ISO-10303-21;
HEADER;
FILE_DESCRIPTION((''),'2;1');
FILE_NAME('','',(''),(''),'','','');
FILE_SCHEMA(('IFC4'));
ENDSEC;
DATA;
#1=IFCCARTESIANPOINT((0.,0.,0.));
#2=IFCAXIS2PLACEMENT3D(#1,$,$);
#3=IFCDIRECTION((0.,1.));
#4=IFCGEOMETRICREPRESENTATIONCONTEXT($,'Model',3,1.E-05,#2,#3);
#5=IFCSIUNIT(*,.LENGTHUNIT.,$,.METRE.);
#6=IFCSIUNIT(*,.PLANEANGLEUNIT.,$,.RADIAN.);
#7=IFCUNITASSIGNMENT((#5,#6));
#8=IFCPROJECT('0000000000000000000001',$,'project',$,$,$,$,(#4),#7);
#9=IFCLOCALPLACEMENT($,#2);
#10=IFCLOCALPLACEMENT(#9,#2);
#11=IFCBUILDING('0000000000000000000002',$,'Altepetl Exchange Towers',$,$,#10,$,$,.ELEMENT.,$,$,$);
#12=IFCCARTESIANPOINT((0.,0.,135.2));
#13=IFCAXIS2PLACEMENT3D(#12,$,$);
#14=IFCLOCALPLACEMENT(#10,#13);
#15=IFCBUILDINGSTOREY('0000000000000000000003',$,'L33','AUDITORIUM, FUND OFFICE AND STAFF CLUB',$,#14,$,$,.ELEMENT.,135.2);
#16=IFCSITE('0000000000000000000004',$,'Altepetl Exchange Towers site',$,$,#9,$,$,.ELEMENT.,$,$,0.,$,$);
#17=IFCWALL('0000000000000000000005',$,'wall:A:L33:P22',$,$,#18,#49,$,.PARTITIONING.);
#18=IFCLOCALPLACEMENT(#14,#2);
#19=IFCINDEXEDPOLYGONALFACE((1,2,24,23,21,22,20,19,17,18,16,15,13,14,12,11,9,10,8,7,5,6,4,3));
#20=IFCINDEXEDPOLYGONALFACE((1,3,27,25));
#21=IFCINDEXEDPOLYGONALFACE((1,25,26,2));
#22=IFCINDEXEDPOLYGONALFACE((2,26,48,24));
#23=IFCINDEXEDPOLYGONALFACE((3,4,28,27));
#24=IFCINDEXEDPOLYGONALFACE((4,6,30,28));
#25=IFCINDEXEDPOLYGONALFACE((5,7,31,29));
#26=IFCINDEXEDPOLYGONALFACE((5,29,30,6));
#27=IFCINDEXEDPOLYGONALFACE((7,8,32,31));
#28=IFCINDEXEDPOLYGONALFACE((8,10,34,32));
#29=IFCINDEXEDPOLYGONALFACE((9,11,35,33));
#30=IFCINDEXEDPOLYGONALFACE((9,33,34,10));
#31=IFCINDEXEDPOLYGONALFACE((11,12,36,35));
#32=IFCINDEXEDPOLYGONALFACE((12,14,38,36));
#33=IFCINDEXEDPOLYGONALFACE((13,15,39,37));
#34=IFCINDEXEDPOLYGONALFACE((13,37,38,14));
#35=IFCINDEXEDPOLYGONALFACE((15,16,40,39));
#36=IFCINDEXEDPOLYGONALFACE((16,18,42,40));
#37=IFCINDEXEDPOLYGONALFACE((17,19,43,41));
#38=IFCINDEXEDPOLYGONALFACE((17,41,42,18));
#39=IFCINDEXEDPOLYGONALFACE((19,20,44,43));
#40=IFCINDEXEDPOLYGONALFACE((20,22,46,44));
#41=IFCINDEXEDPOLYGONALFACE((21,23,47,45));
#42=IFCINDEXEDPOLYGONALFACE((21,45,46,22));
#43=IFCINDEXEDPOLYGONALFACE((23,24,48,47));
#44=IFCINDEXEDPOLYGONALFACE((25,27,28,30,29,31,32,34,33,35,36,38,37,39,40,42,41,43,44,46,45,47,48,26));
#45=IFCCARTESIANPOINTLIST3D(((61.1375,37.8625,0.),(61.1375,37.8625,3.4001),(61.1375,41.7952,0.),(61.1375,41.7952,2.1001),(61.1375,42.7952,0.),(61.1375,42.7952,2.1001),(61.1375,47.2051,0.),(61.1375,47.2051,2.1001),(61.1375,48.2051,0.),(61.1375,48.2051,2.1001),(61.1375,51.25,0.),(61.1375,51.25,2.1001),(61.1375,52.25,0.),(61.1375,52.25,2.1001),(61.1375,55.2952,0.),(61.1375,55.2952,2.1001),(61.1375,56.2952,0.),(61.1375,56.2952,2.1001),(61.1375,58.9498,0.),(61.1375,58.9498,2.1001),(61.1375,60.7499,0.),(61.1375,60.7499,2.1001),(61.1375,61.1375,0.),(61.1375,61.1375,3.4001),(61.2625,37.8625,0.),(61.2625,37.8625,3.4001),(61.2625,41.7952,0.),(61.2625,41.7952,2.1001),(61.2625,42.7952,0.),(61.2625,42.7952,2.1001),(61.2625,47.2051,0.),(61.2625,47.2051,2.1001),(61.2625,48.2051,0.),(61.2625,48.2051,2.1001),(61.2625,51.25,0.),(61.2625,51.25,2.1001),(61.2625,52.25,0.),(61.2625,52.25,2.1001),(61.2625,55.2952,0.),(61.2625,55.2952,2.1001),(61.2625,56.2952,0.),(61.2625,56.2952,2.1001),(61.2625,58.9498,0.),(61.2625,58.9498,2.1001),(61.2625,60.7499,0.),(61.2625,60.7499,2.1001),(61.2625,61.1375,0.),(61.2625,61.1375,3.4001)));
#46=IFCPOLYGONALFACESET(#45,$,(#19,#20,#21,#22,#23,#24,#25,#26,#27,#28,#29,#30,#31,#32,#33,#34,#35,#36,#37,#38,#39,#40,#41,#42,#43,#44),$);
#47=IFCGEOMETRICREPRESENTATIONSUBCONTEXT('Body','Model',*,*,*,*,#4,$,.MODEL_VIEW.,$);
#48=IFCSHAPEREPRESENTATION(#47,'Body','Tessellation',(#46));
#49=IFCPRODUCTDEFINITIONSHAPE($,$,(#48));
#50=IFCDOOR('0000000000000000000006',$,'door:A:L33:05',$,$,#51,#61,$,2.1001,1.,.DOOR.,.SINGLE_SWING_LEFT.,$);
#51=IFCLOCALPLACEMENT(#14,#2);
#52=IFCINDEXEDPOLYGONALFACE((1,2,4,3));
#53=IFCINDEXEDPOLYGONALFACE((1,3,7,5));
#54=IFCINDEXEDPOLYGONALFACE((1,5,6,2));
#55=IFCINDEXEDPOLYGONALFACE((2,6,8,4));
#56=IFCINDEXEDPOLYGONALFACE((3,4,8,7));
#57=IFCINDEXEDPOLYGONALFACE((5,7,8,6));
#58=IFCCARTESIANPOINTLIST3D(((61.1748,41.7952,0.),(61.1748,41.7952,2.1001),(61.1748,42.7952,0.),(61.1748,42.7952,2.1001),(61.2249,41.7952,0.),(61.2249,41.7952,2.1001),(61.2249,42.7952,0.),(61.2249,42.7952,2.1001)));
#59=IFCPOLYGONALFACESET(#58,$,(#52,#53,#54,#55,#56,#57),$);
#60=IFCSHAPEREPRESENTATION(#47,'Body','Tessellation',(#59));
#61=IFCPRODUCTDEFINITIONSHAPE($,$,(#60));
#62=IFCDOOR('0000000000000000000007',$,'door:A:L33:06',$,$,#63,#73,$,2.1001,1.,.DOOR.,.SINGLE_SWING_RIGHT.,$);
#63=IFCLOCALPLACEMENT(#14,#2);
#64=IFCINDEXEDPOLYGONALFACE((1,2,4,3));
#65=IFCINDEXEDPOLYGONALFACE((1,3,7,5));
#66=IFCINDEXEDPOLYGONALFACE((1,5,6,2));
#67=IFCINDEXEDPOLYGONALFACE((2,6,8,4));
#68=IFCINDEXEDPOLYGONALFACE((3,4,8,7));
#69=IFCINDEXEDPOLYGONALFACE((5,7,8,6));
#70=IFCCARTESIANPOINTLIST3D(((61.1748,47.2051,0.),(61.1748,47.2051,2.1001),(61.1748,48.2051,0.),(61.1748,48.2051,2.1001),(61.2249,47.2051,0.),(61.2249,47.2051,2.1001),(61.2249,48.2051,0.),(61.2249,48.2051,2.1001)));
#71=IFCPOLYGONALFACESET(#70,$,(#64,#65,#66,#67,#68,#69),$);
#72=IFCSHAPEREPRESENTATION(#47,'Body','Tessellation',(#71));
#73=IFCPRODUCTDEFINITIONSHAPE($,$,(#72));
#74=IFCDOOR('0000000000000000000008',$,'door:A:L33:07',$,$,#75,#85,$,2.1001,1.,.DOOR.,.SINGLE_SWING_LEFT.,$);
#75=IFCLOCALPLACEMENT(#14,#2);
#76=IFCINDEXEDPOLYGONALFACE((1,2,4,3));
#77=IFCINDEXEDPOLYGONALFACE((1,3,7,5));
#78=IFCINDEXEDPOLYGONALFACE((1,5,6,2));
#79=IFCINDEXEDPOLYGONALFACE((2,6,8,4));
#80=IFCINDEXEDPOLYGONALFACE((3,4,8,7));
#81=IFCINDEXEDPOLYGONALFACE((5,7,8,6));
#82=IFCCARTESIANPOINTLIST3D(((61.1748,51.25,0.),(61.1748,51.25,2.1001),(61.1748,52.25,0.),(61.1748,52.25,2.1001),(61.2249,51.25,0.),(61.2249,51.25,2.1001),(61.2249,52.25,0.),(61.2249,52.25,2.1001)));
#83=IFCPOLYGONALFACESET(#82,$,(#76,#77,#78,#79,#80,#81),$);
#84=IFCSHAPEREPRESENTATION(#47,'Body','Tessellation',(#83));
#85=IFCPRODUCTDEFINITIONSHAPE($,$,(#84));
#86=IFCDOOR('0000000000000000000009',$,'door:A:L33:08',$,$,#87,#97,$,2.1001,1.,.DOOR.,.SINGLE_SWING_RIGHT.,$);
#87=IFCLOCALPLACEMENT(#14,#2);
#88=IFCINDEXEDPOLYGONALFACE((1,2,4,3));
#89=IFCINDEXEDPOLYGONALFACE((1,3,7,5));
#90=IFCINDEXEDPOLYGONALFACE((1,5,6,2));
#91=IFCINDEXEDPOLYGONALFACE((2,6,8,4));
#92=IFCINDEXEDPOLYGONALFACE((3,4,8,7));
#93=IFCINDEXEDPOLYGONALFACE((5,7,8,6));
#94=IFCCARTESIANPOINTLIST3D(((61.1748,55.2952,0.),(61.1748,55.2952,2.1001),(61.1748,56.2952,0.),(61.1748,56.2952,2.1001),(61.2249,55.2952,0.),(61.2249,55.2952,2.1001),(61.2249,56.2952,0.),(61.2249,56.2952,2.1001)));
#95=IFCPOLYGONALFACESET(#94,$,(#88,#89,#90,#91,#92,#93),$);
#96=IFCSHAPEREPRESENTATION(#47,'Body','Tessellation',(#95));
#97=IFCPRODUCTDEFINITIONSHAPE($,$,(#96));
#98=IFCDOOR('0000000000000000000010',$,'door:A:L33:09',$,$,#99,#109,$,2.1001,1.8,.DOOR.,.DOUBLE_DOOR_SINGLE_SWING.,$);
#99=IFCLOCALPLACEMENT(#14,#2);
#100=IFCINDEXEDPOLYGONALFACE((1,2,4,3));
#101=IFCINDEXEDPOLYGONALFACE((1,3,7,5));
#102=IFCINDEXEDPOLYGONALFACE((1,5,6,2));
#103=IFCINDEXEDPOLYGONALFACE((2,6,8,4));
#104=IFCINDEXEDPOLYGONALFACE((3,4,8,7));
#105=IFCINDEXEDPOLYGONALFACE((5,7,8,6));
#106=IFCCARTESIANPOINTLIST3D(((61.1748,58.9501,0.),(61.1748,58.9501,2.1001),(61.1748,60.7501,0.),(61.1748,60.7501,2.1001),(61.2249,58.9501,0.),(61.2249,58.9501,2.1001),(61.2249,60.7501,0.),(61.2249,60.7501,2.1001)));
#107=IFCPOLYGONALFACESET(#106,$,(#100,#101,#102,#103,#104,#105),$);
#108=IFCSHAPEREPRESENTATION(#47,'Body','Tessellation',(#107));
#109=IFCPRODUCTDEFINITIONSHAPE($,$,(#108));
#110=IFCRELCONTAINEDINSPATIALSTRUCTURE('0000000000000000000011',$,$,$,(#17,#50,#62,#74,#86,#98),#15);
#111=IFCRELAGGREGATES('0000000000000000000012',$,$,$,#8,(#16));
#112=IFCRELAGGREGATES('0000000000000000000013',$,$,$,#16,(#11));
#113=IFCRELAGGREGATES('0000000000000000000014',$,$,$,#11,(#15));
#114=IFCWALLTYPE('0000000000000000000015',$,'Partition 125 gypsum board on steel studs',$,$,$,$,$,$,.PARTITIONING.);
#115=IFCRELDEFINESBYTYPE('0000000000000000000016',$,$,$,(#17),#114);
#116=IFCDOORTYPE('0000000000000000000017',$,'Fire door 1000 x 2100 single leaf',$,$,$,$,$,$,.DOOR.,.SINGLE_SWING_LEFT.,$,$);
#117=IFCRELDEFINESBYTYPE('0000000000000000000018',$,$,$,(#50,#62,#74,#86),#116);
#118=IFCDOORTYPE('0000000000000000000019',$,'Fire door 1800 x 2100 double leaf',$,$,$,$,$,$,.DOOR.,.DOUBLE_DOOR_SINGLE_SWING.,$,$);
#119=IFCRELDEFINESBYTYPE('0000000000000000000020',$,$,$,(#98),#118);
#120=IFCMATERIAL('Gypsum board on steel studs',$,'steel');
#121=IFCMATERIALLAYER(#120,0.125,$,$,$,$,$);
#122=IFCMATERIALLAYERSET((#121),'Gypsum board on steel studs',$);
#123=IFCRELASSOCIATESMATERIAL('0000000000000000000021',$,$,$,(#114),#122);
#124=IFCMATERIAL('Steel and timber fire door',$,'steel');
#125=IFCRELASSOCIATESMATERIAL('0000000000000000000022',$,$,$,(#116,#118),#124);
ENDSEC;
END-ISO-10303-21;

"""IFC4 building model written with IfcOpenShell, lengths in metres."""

from ifc_helpers import new_model, si_unit, direction, frame, frame_2d, origin, place, context, subcontext, project, spatial, rectangle, extrude, material, layer, layer_set, type_object, element, fill, save


model = new_model("IFC4")

# Units and contexts
model_context = context("Model", 3, precision=1e-05, world=origin(), true_north=direction((0.0, 1.0)))
body_context = subcontext(model_context, "Body", "Model", "MODEL_VIEW")
ifc_project = project(units=[si_unit("LENGTHUNIT", "METRE"), si_unit("PLANEANGLEUNIT", "RADIAN")], contexts=[model_context])

# Site, building, storey
site_placement = place(None, origin())
site = spatial("IfcSite", under=ifc_project, at=site_placement, Name="Altepetl Exchange Towers site", CompositionType="ELEMENT", RefElevation=0.0)
building_placement = place(site_placement, origin())
building = spatial("IfcBuilding", under=site, at=building_placement, Name="Altepetl Exchange Towers", CompositionType="ELEMENT")
storey_placement = place(building_placement, frame((0.0, 0.0, 135.2)))
storey = spatial("IfcBuildingStorey", under=building, at=storey_placement, Name="L33", Description="AUDITORIUM, FUND OFFICE AND STAFF CLUB", CompositionType="ELEMENT", Elevation=135.2)

# Shared definitions
ifc_material_1 = material(Name="Gypsum board on steel studs", Category="steel")
ifc_layer_1 = layer(ifc_material_1, 0.125)
ifc_layer_set_1 = layer_set([ifc_layer_1], Name="Gypsum board on steel studs")
wall_type = type_object("IfcWallType", Name="Partition 125 gypsum board on steel studs", PredefinedType="PARTITIONING", material=ifc_layer_set_1)

# Shared definitions
ifc_material_2 = material(Name="Steel and timber fire door", Category="steel")
door_type_1 = type_object("IfcDoorType", Name="Fire door 1000 x 2100 single leaf", OperationType="SINGLE_SWING_LEFT", PredefinedType="DOOR", material=ifc_material_2)

# Wall, openings, doors
wall_1_placement = place(storey_placement, frame((61.2, 37.8625, 0.0), z_axis=(0.0, 0.0, 1.0), x_axis=(0.0, 1.0, 0.0)))
wall_1 = element("IfcWall", 1, at=wall_1_placement, inside=storey, type_object=wall_type, Name="wall:A:L33:P22", PredefinedType="PARTITIONING", context=body_context, shape_type="SweptSolid", body=[
    extrude(rectangle(XDim=23.2749, YDim=0.125, at=frame_2d((11.6375, 0.0))), origin(), (0.0, 0.0, 1.0), 3.4001),
])
opening_1_placement = place(wall_1_placement, frame((3.9326, 0.0, 0.0)))
opening_1 = element("IfcOpeningElement", 2, at=opening_1_placement, cuts=wall_1, PredefinedType="OPENING", context=body_context, shape_type="SweptSolid", body=[
    extrude(rectangle(XDim=1.0, YDim=2.1001, at=frame_2d((0.5, 1.05))), frame((0.0, 0.0725, 0.0), z_axis=(0.0, -1.0, 0.0), x_axis=(1.0, 0.0, 0.0)), (0.0, 0.0, 1.0), 0.145),
])
opening_2_placement = place(wall_1_placement, frame((9.3425, 0.0, 0.0)))
opening_2 = element("IfcOpeningElement", 3, at=opening_2_placement, cuts=wall_1, PredefinedType="OPENING", context=body_context, shape_type="SweptSolid", body=[
    extrude(rectangle(XDim=1.0, YDim=2.1001, at=frame_2d((0.5, 1.05))), frame((0.0, 0.0725, 0.0), z_axis=(0.0, -1.0, 0.0), x_axis=(1.0, 0.0, 0.0)), (0.0, 0.0, 1.0), 0.145),
])
opening_3_placement = place(wall_1_placement, frame((13.3875, 0.0, 0.0)))
opening_3 = element("IfcOpeningElement", 4, at=opening_3_placement, cuts=wall_1, PredefinedType="OPENING", context=body_context, shape_type="SweptSolid", body=[
    extrude(rectangle(XDim=1.0, YDim=2.1001, at=frame_2d((0.5, 1.05))), frame((0.0, 0.0725, 0.0), z_axis=(0.0, -1.0, 0.0), x_axis=(1.0, 0.0, 0.0)), (0.0, 0.0, 1.0), 0.145),
])
opening_4_placement = place(wall_1_placement, frame((17.4326, 0.0, 0.0)))
opening_4 = element("IfcOpeningElement", 5, at=opening_4_placement, cuts=wall_1, PredefinedType="OPENING", context=body_context, shape_type="SweptSolid", body=[
    extrude(rectangle(XDim=1.0, YDim=2.1001, at=frame_2d((0.5, 1.05))), frame((0.0, 0.0725, 0.0), z_axis=(0.0, -1.0, 0.0), x_axis=(1.0, 0.0, 0.0)), (0.0, 0.0, 1.0), 0.145),
])
opening_5_placement = place(wall_1_placement, frame((21.0874, 0.0, 0.0)))
opening_5 = element("IfcOpeningElement", 6, at=opening_5_placement, cuts=wall_1, PredefinedType="OPENING", context=body_context, shape_type="SweptSolid", body=[
    extrude(rectangle(XDim=1.8, YDim=2.1001, at=frame_2d((0.8999, 1.05))), frame((0.0, 0.0725, 0.0), z_axis=(0.0, -1.0, 0.0), x_axis=(1.0, 0.0, 0.0)), (0.0, 0.0, 1.0), 0.145),
])
door_1_placement = place(opening_1_placement, frame((1.0, 0.0, 0.0), x_axis=(-1.0, 0.0, 0.0)))
door_1 = element("IfcDoor", 7, at=door_1_placement, inside=storey, type_object=door_type_1, Name="door:A:L33:05", OperationType="SINGLE_SWING_LEFT", OverallHeight=2.1001, OverallWidth=1.0, PredefinedType="DOOR", context=body_context, shape_type="SweptSolid", body=[
    extrude(rectangle(XDim=1.0, YDim=2.1001, at=frame_2d((0.5, 1.05))), frame((0.0, 0.0249, 0.0), z_axis=(0.0, -1.0, 0.0), x_axis=(1.0, 0.0, 0.0)), (0.0, 0.0, 1.0), 0.05),
])
fill(opening_1, door_1)
door_2_placement = place(opening_2_placement, frame((1.0, 0.0, 0.0), x_axis=(-1.0, 0.0, 0.0)))
door_2 = element("IfcDoor", 8, at=door_2_placement, inside=storey, type_object=door_type_1, Name="door:A:L33:06", OperationType="SINGLE_SWING_RIGHT", OverallHeight=2.1001, OverallWidth=1.0, PredefinedType="DOOR", context=body_context, shape_type="SweptSolid", body=[
    extrude(rectangle(XDim=1.0, YDim=2.1001, at=frame_2d((0.5, 1.05))), frame((0.0, 0.0249, 0.0), z_axis=(0.0, -1.0, 0.0), x_axis=(1.0, 0.0, 0.0)), (0.0, 0.0, 1.0), 0.05),
])
fill(opening_2, door_2)
door_3_placement = place(opening_3_placement, frame((1.0, 0.0, 0.0), x_axis=(-1.0, 0.0, 0.0)))
door_3 = element("IfcDoor", 9, at=door_3_placement, inside=storey, type_object=door_type_1, Name="door:A:L33:07", OperationType="SINGLE_SWING_LEFT", OverallHeight=2.1001, OverallWidth=1.0, PredefinedType="DOOR", context=body_context, shape_type="SweptSolid", body=[
    extrude(rectangle(XDim=1.0, YDim=2.1001, at=frame_2d((0.5, 1.05))), frame((0.0, 0.0249, 0.0), z_axis=(0.0, -1.0, 0.0), x_axis=(1.0, 0.0, 0.0)), (0.0, 0.0, 1.0), 0.05),
])
fill(opening_3, door_3)
door_4_placement = place(opening_4_placement, frame((1.0, 0.0, 0.0), x_axis=(-1.0, 0.0, 0.0)))
door_4 = element("IfcDoor", 10, at=door_4_placement, inside=storey, type_object=door_type_1, Name="door:A:L33:08", OperationType="SINGLE_SWING_RIGHT", OverallHeight=2.1001, OverallWidth=1.0, PredefinedType="DOOR", context=body_context, shape_type="SweptSolid", body=[
    extrude(rectangle(XDim=1.0, YDim=2.1001, at=frame_2d((0.5, 1.05))), frame((0.0, 0.0249, 0.0), z_axis=(0.0, -1.0, 0.0), x_axis=(1.0, 0.0, 0.0)), (0.0, 0.0, 1.0), 0.05),
])
fill(opening_4, door_4)
door_type_2 = type_object("IfcDoorType", Name="Fire door 1800 x 2100 double leaf", OperationType="DOUBLE_DOOR_SINGLE_SWING", PredefinedType="DOOR", material=ifc_material_2)
door_5_placement = place(opening_5_placement, frame((1.8, 0.0, 0.0), x_axis=(-1.0, 0.0, 0.0)))
door_5 = element("IfcDoor", 11, at=door_5_placement, inside=storey, type_object=door_type_2, Name="door:A:L33:09", OperationType="DOUBLE_DOOR_SINGLE_SWING", OverallHeight=2.1001, OverallWidth=1.8, PredefinedType="DOOR", context=body_context, shape_type="SweptSolid", body=[
    extrude(rectangle(XDim=1.8, YDim=2.1001, at=frame_2d((0.8999, 1.05))), frame((0.0, 0.0249, 0.0), z_axis=(0.0, -1.0, 0.0), x_axis=(1.0, 0.0, 0.0)), (0.0, 0.0, 1.0), 0.05),
])
fill(opening_5, door_5)

save(model, "model.ifc")
